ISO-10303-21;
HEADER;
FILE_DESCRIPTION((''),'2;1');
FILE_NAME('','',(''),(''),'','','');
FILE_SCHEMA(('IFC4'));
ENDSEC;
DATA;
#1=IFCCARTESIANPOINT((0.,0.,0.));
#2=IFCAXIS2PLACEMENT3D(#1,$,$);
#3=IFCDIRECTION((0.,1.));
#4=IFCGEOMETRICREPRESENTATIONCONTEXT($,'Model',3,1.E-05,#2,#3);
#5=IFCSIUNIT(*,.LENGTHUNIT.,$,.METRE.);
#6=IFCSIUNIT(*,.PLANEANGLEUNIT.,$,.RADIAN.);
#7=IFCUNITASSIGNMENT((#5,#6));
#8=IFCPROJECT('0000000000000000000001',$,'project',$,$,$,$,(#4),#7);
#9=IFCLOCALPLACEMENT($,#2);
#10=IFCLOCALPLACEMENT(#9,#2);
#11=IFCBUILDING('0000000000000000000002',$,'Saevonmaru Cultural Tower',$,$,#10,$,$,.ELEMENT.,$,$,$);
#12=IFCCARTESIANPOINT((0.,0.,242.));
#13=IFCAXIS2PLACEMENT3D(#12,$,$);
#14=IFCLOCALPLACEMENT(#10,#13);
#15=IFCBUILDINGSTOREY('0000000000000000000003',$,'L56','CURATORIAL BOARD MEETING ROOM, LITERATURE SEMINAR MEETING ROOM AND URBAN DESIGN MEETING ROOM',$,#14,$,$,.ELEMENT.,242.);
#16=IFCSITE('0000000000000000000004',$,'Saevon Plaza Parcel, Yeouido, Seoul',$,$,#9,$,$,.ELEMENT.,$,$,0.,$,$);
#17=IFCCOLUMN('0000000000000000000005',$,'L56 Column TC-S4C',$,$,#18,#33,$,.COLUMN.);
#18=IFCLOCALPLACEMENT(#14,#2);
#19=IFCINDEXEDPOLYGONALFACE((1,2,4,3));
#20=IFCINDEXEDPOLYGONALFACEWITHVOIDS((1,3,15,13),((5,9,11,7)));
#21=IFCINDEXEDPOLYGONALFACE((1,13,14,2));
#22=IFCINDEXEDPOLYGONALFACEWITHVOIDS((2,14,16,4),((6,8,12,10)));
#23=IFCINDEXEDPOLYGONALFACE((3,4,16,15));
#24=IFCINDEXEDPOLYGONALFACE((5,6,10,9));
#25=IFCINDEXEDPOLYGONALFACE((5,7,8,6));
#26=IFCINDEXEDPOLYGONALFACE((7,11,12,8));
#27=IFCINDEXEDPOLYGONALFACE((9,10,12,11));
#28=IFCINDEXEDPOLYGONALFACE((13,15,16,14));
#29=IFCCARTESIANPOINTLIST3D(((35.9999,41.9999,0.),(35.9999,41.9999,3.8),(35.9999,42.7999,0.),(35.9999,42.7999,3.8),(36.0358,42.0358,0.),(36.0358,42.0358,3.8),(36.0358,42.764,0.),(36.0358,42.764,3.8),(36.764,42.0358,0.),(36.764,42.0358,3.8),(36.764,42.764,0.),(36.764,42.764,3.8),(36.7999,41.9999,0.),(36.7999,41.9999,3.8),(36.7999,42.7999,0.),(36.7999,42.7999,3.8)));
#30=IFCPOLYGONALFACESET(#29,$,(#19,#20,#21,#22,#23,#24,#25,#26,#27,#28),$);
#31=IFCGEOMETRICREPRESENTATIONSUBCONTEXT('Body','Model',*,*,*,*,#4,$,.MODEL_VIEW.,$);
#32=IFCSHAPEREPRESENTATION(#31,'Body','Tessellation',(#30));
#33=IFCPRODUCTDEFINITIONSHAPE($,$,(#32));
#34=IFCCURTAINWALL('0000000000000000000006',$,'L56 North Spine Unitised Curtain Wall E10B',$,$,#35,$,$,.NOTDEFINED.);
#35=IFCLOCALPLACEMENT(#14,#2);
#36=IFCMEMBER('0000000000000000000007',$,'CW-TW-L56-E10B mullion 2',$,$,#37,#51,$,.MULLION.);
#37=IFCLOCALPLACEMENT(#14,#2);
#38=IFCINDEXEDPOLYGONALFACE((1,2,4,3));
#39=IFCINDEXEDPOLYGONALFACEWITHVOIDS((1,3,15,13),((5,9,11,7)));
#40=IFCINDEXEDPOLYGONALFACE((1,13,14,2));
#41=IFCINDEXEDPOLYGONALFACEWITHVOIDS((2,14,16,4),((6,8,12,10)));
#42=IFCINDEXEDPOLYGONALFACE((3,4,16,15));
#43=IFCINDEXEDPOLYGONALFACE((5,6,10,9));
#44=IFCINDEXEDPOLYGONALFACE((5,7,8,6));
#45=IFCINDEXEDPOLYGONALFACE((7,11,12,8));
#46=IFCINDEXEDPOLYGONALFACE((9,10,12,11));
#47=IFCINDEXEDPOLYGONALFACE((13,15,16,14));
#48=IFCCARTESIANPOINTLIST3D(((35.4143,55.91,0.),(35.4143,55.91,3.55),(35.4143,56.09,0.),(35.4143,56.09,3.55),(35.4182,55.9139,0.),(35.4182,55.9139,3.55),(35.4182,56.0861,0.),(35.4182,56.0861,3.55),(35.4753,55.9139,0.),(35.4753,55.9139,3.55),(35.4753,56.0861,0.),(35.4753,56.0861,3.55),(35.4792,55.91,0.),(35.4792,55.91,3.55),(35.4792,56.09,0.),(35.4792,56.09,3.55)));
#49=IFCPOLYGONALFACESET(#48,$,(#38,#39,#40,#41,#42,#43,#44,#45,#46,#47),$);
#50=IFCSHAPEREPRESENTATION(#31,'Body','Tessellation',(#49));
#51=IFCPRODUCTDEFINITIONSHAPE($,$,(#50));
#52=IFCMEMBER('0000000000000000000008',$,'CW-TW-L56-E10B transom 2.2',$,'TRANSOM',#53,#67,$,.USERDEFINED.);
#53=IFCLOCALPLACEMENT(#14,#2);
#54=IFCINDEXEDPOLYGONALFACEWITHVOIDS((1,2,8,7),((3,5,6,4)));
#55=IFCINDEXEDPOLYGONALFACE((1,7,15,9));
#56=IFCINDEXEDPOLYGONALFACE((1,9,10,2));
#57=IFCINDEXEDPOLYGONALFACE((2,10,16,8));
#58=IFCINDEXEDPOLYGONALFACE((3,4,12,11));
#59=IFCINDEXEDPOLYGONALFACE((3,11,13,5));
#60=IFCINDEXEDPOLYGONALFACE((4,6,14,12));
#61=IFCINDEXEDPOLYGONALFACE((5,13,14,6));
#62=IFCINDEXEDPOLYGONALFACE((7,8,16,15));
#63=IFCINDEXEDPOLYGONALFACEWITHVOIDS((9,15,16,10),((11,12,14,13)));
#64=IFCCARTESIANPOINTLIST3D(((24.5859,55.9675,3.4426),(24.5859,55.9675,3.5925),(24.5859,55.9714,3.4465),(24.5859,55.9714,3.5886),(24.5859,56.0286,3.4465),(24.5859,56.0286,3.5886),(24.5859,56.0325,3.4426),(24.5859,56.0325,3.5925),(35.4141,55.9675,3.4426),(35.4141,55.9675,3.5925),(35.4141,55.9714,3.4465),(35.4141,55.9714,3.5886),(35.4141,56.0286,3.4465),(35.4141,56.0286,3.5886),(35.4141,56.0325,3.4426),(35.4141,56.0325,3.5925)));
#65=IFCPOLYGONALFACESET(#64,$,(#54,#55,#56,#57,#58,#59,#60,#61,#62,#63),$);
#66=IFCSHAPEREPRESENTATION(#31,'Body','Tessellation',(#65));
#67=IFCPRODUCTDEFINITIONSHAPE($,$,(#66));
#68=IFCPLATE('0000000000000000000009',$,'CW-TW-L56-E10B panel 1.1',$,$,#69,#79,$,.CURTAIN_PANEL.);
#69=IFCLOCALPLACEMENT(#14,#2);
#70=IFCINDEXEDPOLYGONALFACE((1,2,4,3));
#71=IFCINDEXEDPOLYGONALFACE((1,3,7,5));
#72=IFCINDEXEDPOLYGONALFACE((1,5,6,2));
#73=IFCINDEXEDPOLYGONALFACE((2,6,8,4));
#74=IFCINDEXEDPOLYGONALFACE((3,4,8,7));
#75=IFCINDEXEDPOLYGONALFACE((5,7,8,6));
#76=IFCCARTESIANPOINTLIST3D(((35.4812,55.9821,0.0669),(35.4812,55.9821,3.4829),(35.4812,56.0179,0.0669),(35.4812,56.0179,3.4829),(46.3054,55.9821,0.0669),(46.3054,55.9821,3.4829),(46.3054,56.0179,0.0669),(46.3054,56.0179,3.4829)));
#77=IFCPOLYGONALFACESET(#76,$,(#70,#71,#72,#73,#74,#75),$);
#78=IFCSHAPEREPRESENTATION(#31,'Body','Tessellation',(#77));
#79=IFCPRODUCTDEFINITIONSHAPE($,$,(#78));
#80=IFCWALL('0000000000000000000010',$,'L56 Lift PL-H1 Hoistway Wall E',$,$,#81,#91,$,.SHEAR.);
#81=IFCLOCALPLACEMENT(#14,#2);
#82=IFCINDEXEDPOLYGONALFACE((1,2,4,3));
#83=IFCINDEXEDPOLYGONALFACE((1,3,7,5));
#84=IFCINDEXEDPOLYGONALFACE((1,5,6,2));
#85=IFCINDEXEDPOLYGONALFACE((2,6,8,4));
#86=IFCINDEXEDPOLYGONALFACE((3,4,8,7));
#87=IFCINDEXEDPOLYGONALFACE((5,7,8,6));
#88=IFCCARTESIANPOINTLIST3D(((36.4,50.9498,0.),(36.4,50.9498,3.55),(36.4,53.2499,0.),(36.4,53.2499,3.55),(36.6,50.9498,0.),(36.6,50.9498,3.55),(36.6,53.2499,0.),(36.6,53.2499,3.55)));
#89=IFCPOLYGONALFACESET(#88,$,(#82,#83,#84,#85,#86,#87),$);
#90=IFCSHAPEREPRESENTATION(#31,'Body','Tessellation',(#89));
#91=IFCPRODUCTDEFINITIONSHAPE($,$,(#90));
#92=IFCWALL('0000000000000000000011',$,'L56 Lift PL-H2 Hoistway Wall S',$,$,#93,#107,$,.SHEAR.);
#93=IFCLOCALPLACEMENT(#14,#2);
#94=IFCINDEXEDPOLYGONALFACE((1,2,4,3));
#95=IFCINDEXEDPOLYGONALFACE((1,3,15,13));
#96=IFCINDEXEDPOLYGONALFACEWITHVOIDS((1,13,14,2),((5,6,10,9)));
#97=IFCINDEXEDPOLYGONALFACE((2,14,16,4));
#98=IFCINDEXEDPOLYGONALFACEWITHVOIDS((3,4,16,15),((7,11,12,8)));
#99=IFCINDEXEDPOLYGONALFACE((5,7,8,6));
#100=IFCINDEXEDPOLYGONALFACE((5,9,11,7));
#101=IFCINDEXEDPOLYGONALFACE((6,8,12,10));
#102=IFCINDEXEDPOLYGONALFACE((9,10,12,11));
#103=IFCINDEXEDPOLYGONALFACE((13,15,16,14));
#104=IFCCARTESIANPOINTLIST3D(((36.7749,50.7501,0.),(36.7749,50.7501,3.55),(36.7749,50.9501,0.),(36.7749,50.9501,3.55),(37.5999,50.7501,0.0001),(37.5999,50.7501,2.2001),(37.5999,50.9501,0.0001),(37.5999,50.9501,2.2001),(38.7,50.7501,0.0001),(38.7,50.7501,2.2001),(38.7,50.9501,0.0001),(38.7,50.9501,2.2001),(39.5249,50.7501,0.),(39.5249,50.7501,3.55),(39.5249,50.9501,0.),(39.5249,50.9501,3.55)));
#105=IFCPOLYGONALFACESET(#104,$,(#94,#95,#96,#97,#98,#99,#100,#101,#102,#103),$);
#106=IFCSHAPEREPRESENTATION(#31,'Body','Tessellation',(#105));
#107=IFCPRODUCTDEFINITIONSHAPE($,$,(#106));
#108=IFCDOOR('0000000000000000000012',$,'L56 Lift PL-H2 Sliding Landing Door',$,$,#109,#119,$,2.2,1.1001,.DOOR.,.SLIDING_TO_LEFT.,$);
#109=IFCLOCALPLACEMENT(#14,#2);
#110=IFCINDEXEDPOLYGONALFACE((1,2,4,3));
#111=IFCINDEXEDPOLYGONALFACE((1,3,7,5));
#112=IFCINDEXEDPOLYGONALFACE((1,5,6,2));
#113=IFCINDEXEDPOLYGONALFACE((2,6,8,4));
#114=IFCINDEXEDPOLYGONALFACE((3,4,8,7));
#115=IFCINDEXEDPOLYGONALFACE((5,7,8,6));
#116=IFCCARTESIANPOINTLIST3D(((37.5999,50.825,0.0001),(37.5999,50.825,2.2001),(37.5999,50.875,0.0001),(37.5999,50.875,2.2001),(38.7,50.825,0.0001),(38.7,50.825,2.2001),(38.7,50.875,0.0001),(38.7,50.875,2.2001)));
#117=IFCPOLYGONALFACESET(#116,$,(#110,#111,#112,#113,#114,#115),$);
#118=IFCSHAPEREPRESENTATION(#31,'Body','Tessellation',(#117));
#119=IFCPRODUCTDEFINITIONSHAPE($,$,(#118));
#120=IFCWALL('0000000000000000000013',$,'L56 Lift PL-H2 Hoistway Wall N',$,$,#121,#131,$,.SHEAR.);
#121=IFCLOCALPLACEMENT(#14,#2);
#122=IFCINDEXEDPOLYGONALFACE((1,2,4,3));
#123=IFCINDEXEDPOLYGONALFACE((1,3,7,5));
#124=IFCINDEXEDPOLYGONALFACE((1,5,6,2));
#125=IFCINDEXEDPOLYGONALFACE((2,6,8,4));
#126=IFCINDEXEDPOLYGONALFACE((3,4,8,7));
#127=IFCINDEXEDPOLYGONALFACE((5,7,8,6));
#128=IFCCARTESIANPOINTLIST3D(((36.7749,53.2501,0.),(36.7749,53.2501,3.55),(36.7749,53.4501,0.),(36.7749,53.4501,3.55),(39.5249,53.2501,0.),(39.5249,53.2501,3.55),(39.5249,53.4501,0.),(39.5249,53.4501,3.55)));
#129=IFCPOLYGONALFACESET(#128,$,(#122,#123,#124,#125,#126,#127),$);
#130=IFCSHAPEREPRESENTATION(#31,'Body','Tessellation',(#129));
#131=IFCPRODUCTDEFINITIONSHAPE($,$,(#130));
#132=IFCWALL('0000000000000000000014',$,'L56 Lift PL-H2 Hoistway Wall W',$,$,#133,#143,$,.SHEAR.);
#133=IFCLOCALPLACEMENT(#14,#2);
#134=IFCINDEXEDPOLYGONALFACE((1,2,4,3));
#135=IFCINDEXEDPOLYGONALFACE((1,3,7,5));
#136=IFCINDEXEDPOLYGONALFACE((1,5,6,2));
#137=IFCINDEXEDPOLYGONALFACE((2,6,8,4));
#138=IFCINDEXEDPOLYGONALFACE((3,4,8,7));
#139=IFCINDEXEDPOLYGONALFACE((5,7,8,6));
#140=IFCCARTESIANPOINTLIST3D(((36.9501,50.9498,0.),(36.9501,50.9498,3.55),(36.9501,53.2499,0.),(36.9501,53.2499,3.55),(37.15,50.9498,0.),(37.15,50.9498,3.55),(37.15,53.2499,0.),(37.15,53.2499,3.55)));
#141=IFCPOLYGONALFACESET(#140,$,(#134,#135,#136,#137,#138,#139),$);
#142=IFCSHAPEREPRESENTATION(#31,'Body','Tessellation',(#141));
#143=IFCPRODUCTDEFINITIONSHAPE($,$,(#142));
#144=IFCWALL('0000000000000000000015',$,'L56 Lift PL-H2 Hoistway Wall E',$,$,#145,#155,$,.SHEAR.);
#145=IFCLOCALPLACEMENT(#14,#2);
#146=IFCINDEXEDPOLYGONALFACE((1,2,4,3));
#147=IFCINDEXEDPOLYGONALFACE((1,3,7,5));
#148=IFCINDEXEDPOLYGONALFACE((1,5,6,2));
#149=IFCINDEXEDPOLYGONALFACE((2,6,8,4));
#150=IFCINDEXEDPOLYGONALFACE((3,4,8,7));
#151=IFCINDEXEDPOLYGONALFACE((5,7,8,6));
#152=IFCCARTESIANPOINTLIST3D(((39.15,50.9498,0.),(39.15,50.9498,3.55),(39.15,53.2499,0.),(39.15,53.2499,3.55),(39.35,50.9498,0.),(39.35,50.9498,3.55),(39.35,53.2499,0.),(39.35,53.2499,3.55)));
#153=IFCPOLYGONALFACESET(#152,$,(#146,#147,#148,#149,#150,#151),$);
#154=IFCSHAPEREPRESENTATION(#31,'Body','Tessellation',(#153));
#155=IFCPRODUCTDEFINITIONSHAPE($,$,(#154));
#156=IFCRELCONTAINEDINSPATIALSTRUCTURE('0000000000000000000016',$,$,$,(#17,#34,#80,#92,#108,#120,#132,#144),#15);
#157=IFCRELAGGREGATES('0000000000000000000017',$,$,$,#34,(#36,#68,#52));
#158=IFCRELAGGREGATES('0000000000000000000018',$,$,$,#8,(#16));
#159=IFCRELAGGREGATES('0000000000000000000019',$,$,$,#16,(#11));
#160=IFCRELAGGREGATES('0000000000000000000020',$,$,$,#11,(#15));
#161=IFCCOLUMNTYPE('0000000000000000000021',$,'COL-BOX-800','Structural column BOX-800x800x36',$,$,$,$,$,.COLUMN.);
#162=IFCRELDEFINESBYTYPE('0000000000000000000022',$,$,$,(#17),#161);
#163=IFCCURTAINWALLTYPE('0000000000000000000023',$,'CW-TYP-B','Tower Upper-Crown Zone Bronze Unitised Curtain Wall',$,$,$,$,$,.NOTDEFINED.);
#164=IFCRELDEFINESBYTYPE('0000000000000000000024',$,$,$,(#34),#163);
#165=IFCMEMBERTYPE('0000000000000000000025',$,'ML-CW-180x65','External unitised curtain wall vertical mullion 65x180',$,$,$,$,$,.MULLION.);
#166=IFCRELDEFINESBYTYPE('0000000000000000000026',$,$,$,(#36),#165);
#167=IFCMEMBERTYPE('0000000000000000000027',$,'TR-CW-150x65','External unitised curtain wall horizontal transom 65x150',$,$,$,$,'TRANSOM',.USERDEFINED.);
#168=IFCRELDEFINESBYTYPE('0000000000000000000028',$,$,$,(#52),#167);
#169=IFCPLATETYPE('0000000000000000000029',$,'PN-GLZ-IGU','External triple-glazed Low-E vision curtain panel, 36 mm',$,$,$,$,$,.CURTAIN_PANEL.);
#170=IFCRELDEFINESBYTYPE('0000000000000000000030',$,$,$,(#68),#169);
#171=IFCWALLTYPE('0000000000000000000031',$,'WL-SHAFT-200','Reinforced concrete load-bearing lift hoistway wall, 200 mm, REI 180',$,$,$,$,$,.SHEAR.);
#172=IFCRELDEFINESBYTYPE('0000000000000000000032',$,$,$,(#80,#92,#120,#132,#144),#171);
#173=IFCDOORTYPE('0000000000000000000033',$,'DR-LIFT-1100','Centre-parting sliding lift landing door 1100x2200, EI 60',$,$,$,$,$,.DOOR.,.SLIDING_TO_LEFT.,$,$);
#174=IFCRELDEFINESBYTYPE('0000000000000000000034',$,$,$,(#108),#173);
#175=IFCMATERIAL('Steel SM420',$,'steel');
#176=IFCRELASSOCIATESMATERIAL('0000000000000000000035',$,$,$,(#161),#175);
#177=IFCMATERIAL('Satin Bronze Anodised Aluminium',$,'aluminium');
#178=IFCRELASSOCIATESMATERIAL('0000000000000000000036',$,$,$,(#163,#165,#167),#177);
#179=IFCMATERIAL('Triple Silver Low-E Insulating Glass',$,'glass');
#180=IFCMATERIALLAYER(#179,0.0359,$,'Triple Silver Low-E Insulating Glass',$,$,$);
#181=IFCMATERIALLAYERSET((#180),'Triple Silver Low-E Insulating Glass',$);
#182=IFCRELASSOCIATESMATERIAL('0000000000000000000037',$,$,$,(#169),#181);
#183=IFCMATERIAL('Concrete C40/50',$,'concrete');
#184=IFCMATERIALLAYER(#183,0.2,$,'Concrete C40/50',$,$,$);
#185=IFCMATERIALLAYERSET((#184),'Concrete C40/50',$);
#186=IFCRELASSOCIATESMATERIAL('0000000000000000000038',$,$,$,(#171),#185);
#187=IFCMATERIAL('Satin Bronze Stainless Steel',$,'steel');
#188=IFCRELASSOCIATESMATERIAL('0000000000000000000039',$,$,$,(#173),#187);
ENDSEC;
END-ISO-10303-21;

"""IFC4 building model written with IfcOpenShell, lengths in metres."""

from ifc_helpers import new_model, si_unit, direction, frame, frame_2d, origin, origin_2d, place, context, subcontext, project, spatial, rectangle, hollow_rectangle, extrude, material, layer, layer_set, material_profile, profile_set, type_object, element, fill, aggregate, save


model = new_model("IFC4")

# Units and contexts
model_context = context("Model", 3, precision=1e-05, world=origin(), true_north=direction((0.0, 1.0)))
body_context = subcontext(model_context, "Body", "Model", "MODEL_VIEW")
ifc_project = project(units=[si_unit("LENGTHUNIT", "METRE"), si_unit("PLANEANGLEUNIT", "RADIAN")], contexts=[model_context])

# Site, building, storey
site_placement = place(None, origin())
site = spatial("IfcSite", under=ifc_project, at=site_placement, Name="Saevon Plaza Parcel, Yeouido, Seoul", CompositionType="ELEMENT", RefElevation=0.0)
building_placement = place(site_placement, origin())
building = spatial("IfcBuilding", under=site, at=building_placement, Name="Saevonmaru Cultural Tower", CompositionType="ELEMENT")
storey_placement = place(building_placement, frame((0.0, 0.0, 242.0)))
storey = spatial("IfcBuildingStorey", under=building, at=storey_placement, Name="L56", Description="CURATORIAL BOARD MEETING ROOM, LITERATURE SEMINAR MEETING ROOM AND URBAN DESIGN MEETING ROOM", CompositionType="ELEMENT", Elevation=242.0)

# Column
ifc_material_1 = material(Name="Steel SM420", Category="steel")
ifc_material_profile_1 = material_profile(ifc_material_1, hollow_rectangle(XDim=0.8, YDim=0.8, WallThickness=0.0359, at=origin_2d()), Name="BOX-800x800x36")
ifc_profile_set_1 = profile_set([ifc_material_profile_1], Name="Steel SM420")
column_type = type_object("IfcColumnType", Name="COL-BOX-800", Description="Structural column BOX-800x800x36", PredefinedType="COLUMN", material=ifc_profile_set_1)
column_placement = place(storey_placement, frame((36.3999, 42.3999, 0.0), z_axis=(0.0, 0.0, 1.0), x_axis=(1.0, 0.0, 0.0)))
element("IfcColumn", 1, at=column_placement, inside=storey, type_object=column_type, Name="L56 Column TC-S4C", PredefinedType="COLUMN", context=body_context, shape_type="SweptSolid", body=[
    extrude(hollow_rectangle(XDim=0.8, YDim=0.8, WallThickness=0.0359, at=origin_2d()), origin(), (0.0, 0.0, 1.0), 3.8),
])

# Curtain wall, members, plate
ifc_material_2 = material(Name="Satin Bronze Anodised Aluminium", Category="aluminium")
curtain_wall_type = type_object("IfcCurtainWallType", Name="CW-TYP-B", Description="Tower Upper-Crown Zone Bronze Unitised Curtain Wall", PredefinedType="NOTDEFINED", material=ifc_material_2)
curtain_wall_placement = place(storey_placement, origin())
curtain_wall = element("IfcCurtainWall", 2, at=curtain_wall_placement, inside=storey, type_object=curtain_wall_type, Name="L56 North Spine Unitised Curtain Wall E10B", PredefinedType="NOTDEFINED")
ifc_material_profile_2 = material_profile(ifc_material_2, hollow_rectangle(XDim=0.0649, YDim=0.1799, WallThickness=0.0039, at=origin_2d()), Name="ALU-MULL-180x65x4")
ifc_profile_set_2 = profile_set([ifc_material_profile_2], Name="Satin Bronze Anodised Aluminium")
member_type_1 = type_object("IfcMemberType", Name="ML-CW-180x65", Description="External unitised curtain wall vertical mullion 65x180", PredefinedType="MULLION", material=ifc_profile_set_2)
member_1_placement = place(storey_placement, frame((35.4468, 56.0, 0.0), z_axis=(0.0, 0.0, 1.0), x_axis=(-1.0, 0.0, 0.0)))
member_1 = element("IfcMember", 3, at=member_1_placement, type_object=member_type_1, Name="CW-TW-L56-E10B mullion 2", PredefinedType="MULLION", context=body_context, shape_type="SweptSolid", body=[
    extrude(hollow_rectangle(XDim=0.0649, YDim=0.1799, WallThickness=0.0039, at=origin_2d()), origin(), (0.0, 0.0, 1.0), 3.55),
])
ifc_material_profile_3 = material_profile(ifc_material_2, hollow_rectangle(XDim=0.0649, YDim=0.1499, WallThickness=0.0039, at=origin_2d()), Name="ALU-TRAN-150x65x4")
ifc_profile_set_3 = profile_set([ifc_material_profile_3], Name="Satin Bronze Anodised Aluminium")
member_type_2 = type_object("IfcMemberType", Name="TR-CW-150x65", Description="External unitised curtain wall horizontal transom 65x150", ElementType="TRANSOM", PredefinedType="USERDEFINED", material=ifc_profile_set_3)
member_2_placement = place(storey_placement, frame((35.4141, 56.0, 3.5176), z_axis=(-1.0, 0.0, 0.0), x_axis=(0.0, -1.0, 0.0)))
member_2 = element("IfcMember", 4, at=member_2_placement, type_object=member_type_2, Name="CW-TW-L56-E10B transom 2.2", ObjectType="TRANSOM", PredefinedType="USERDEFINED", context=body_context, shape_type="SweptSolid", body=[
    extrude(hollow_rectangle(XDim=0.0649, YDim=0.1499, WallThickness=0.0039, at=origin_2d()), origin(), (0.0, 0.0, 1.0), 10.8281),
])
ifc_material_3 = material(Name="Triple Silver Low-E Insulating Glass", Category="glass")
ifc_layer_1 = layer(ifc_material_3, 0.0359, Name="Triple Silver Low-E Insulating Glass")
ifc_layer_set_1 = layer_set([ifc_layer_1], Name="Triple Silver Low-E Insulating Glass")
plate_type = type_object("IfcPlateType", Name="PN-GLZ-IGU", Description="External triple-glazed Low-E vision curtain panel, 36 mm", PredefinedType="CURTAIN_PANEL", material=ifc_layer_set_1)
plate_placement = place(storey_placement, frame((40.8933, 56.0, 0.0669), z_axis=(0.0, 0.0, 1.0), x_axis=(-1.0, 0.0, 0.0)))
plate = element("IfcPlate", 5, at=plate_placement, type_object=plate_type, Name="CW-TW-L56-E10B panel 1.1", PredefinedType="CURTAIN_PANEL", context=body_context, shape_type="SweptSolid", body=[
    extrude(rectangle(XDim=10.8242, YDim=0.0359, at=origin_2d()), origin(), (0.0, 0.0, 1.0), 3.416),
])
aggregate(curtain_wall, [member_1, plate, member_2])

# Wall
ifc_material_4 = material(Name="Concrete C40/50", Category="concrete")
ifc_layer_2 = layer(ifc_material_4, 0.2, Name="Concrete C40/50")
ifc_layer_set_2 = layer_set([ifc_layer_2], Name="Concrete C40/50")
wall_type_1 = type_object("IfcWallType", Name="WL-SHAFT-200", Description="Reinforced concrete load-bearing lift hoistway wall, 200 mm, REI 180", PredefinedType="SHEAR", material=ifc_layer_set_2)
wall_1_placement = place(storey_placement, frame((36.5, 50.95, 0.0), z_axis=(0.0, 0.0, 1.0), x_axis=(0.0, 1.0, 0.0)))
element("IfcWall", 6, at=wall_1_placement, inside=storey, type_object=wall_type_1, Name="L56 Lift PL-H1 Hoistway Wall E", PredefinedType="SHEAR", context=body_context, shape_type="SweptSolid", body=[
    extrude(rectangle(XDim=2.3, YDim=0.2, at=frame_2d((1.1499, 0.0))), origin(), (0.0, 0.0, 1.0), 3.55),
])

# Wall, opening, door
wall_2_placement = place(storey_placement, frame((36.7749, 50.8501, 0.0), z_axis=(0.0, 0.0, 1.0), x_axis=(1.0, 0.0, 0.0)))
wall_2 = element("IfcWall", 7, at=wall_2_placement, inside=storey, type_object=wall_type_1, Name="L56 Lift PL-H2 Hoistway Wall S", PredefinedType="SHEAR", context=body_context, shape_type="SweptSolid", body=[
    extrude(rectangle(XDim=2.75, YDim=0.2, at=frame_2d((1.375, 0.0))), origin(), (0.0, 0.0, 1.0), 3.55),
])
opening_1_placement = place(wall_2_placement, frame((0.825, 0.0, 0.0)))
opening_1 = element("IfcOpeningElement", 8, at=opening_1_placement, cuts=wall_2, PredefinedType="OPENING", context=body_context, shape_type="SweptSolid", body=[
    extrude(rectangle(XDim=1.1001, YDim=2.2, at=frame_2d((0.55, 1.1001))), frame((0.0, 0.1099, 0.0), z_axis=(0.0, -1.0, 0.0), x_axis=(1.0, 0.0, 0.0)), (0.0, 0.0, 1.0), 0.22),
])
ifc_material_5 = material(Name="Satin Bronze Stainless Steel", Category="steel")
door_type_1 = type_object("IfcDoorType", Name="DR-LIFT-1100", Description="Centre-parting sliding lift landing door 1100x2200, EI 60", OperationType="SLIDING_TO_LEFT", PredefinedType="DOOR", material=ifc_material_5)
door_1_placement = place(opening_1_placement, origin())
door_1 = element("IfcDoor", 9, at=door_1_placement, inside=storey, type_object=door_type_1, Name="L56 Lift PL-H2 Sliding Landing Door", OperationType="SLIDING_TO_LEFT", OverallHeight=2.2, OverallWidth=1.1001, PredefinedType="DOOR", context=body_context, shape_type="SweptSolid", body=[
    extrude(rectangle(XDim=1.1001, YDim=2.2, at=frame_2d((0.55, 1.1001))), frame((0.0, 0.0249, 0.0), z_axis=(0.0, -1.0, 0.0), x_axis=(1.0, 0.0, 0.0)), (0.0, 0.0, 1.0), 0.05),
])
fill(opening_1, door_1)

# Walls
wall_3_placement = place(storey_placement, frame((36.7749, 53.3501, 0.0), z_axis=(0.0, 0.0, 1.0), x_axis=(1.0, 0.0, 0.0)))
element("IfcWall", 10, at=wall_3_placement, inside=storey, type_object=wall_type_1, Name="L56 Lift PL-H2 Hoistway Wall N", PredefinedType="SHEAR", context=body_context, shape_type="SweptSolid", body=[
    extrude(rectangle(XDim=2.75, YDim=0.2, at=frame_2d((1.375, 0.0))), origin(), (0.0, 0.0, 1.0), 3.55),
])
for number, where, z_axis, x_axis, name in (
    (11, (37.05, 50.95, 0.0), (0.0, 0.0, 1.0), (0.0, 1.0, 0.0), "L56 Lift PL-H2 Hoistway Wall W"),
    (12, (39.25, 50.95, 0.0), (0.0, 0.0, 1.0), (0.0, 1.0, 0.0), "L56 Lift PL-H2 Hoistway Wall E"),
):
    element("IfcWall", number, at=place(storey_placement, frame(where, z_axis=z_axis, x_axis=x_axis)), inside=storey, type_object=wall_type_1, Name=name, PredefinedType="SHEAR", context=body_context, shape_type="SweptSolid", body=[
        extrude(rectangle(XDim=2.3, YDim=0.2, at=frame_2d((1.1499, 0.0))), origin(), (0.0, 0.0, 1.0), 3.55),
    ])

save(model, "model.ifc")
